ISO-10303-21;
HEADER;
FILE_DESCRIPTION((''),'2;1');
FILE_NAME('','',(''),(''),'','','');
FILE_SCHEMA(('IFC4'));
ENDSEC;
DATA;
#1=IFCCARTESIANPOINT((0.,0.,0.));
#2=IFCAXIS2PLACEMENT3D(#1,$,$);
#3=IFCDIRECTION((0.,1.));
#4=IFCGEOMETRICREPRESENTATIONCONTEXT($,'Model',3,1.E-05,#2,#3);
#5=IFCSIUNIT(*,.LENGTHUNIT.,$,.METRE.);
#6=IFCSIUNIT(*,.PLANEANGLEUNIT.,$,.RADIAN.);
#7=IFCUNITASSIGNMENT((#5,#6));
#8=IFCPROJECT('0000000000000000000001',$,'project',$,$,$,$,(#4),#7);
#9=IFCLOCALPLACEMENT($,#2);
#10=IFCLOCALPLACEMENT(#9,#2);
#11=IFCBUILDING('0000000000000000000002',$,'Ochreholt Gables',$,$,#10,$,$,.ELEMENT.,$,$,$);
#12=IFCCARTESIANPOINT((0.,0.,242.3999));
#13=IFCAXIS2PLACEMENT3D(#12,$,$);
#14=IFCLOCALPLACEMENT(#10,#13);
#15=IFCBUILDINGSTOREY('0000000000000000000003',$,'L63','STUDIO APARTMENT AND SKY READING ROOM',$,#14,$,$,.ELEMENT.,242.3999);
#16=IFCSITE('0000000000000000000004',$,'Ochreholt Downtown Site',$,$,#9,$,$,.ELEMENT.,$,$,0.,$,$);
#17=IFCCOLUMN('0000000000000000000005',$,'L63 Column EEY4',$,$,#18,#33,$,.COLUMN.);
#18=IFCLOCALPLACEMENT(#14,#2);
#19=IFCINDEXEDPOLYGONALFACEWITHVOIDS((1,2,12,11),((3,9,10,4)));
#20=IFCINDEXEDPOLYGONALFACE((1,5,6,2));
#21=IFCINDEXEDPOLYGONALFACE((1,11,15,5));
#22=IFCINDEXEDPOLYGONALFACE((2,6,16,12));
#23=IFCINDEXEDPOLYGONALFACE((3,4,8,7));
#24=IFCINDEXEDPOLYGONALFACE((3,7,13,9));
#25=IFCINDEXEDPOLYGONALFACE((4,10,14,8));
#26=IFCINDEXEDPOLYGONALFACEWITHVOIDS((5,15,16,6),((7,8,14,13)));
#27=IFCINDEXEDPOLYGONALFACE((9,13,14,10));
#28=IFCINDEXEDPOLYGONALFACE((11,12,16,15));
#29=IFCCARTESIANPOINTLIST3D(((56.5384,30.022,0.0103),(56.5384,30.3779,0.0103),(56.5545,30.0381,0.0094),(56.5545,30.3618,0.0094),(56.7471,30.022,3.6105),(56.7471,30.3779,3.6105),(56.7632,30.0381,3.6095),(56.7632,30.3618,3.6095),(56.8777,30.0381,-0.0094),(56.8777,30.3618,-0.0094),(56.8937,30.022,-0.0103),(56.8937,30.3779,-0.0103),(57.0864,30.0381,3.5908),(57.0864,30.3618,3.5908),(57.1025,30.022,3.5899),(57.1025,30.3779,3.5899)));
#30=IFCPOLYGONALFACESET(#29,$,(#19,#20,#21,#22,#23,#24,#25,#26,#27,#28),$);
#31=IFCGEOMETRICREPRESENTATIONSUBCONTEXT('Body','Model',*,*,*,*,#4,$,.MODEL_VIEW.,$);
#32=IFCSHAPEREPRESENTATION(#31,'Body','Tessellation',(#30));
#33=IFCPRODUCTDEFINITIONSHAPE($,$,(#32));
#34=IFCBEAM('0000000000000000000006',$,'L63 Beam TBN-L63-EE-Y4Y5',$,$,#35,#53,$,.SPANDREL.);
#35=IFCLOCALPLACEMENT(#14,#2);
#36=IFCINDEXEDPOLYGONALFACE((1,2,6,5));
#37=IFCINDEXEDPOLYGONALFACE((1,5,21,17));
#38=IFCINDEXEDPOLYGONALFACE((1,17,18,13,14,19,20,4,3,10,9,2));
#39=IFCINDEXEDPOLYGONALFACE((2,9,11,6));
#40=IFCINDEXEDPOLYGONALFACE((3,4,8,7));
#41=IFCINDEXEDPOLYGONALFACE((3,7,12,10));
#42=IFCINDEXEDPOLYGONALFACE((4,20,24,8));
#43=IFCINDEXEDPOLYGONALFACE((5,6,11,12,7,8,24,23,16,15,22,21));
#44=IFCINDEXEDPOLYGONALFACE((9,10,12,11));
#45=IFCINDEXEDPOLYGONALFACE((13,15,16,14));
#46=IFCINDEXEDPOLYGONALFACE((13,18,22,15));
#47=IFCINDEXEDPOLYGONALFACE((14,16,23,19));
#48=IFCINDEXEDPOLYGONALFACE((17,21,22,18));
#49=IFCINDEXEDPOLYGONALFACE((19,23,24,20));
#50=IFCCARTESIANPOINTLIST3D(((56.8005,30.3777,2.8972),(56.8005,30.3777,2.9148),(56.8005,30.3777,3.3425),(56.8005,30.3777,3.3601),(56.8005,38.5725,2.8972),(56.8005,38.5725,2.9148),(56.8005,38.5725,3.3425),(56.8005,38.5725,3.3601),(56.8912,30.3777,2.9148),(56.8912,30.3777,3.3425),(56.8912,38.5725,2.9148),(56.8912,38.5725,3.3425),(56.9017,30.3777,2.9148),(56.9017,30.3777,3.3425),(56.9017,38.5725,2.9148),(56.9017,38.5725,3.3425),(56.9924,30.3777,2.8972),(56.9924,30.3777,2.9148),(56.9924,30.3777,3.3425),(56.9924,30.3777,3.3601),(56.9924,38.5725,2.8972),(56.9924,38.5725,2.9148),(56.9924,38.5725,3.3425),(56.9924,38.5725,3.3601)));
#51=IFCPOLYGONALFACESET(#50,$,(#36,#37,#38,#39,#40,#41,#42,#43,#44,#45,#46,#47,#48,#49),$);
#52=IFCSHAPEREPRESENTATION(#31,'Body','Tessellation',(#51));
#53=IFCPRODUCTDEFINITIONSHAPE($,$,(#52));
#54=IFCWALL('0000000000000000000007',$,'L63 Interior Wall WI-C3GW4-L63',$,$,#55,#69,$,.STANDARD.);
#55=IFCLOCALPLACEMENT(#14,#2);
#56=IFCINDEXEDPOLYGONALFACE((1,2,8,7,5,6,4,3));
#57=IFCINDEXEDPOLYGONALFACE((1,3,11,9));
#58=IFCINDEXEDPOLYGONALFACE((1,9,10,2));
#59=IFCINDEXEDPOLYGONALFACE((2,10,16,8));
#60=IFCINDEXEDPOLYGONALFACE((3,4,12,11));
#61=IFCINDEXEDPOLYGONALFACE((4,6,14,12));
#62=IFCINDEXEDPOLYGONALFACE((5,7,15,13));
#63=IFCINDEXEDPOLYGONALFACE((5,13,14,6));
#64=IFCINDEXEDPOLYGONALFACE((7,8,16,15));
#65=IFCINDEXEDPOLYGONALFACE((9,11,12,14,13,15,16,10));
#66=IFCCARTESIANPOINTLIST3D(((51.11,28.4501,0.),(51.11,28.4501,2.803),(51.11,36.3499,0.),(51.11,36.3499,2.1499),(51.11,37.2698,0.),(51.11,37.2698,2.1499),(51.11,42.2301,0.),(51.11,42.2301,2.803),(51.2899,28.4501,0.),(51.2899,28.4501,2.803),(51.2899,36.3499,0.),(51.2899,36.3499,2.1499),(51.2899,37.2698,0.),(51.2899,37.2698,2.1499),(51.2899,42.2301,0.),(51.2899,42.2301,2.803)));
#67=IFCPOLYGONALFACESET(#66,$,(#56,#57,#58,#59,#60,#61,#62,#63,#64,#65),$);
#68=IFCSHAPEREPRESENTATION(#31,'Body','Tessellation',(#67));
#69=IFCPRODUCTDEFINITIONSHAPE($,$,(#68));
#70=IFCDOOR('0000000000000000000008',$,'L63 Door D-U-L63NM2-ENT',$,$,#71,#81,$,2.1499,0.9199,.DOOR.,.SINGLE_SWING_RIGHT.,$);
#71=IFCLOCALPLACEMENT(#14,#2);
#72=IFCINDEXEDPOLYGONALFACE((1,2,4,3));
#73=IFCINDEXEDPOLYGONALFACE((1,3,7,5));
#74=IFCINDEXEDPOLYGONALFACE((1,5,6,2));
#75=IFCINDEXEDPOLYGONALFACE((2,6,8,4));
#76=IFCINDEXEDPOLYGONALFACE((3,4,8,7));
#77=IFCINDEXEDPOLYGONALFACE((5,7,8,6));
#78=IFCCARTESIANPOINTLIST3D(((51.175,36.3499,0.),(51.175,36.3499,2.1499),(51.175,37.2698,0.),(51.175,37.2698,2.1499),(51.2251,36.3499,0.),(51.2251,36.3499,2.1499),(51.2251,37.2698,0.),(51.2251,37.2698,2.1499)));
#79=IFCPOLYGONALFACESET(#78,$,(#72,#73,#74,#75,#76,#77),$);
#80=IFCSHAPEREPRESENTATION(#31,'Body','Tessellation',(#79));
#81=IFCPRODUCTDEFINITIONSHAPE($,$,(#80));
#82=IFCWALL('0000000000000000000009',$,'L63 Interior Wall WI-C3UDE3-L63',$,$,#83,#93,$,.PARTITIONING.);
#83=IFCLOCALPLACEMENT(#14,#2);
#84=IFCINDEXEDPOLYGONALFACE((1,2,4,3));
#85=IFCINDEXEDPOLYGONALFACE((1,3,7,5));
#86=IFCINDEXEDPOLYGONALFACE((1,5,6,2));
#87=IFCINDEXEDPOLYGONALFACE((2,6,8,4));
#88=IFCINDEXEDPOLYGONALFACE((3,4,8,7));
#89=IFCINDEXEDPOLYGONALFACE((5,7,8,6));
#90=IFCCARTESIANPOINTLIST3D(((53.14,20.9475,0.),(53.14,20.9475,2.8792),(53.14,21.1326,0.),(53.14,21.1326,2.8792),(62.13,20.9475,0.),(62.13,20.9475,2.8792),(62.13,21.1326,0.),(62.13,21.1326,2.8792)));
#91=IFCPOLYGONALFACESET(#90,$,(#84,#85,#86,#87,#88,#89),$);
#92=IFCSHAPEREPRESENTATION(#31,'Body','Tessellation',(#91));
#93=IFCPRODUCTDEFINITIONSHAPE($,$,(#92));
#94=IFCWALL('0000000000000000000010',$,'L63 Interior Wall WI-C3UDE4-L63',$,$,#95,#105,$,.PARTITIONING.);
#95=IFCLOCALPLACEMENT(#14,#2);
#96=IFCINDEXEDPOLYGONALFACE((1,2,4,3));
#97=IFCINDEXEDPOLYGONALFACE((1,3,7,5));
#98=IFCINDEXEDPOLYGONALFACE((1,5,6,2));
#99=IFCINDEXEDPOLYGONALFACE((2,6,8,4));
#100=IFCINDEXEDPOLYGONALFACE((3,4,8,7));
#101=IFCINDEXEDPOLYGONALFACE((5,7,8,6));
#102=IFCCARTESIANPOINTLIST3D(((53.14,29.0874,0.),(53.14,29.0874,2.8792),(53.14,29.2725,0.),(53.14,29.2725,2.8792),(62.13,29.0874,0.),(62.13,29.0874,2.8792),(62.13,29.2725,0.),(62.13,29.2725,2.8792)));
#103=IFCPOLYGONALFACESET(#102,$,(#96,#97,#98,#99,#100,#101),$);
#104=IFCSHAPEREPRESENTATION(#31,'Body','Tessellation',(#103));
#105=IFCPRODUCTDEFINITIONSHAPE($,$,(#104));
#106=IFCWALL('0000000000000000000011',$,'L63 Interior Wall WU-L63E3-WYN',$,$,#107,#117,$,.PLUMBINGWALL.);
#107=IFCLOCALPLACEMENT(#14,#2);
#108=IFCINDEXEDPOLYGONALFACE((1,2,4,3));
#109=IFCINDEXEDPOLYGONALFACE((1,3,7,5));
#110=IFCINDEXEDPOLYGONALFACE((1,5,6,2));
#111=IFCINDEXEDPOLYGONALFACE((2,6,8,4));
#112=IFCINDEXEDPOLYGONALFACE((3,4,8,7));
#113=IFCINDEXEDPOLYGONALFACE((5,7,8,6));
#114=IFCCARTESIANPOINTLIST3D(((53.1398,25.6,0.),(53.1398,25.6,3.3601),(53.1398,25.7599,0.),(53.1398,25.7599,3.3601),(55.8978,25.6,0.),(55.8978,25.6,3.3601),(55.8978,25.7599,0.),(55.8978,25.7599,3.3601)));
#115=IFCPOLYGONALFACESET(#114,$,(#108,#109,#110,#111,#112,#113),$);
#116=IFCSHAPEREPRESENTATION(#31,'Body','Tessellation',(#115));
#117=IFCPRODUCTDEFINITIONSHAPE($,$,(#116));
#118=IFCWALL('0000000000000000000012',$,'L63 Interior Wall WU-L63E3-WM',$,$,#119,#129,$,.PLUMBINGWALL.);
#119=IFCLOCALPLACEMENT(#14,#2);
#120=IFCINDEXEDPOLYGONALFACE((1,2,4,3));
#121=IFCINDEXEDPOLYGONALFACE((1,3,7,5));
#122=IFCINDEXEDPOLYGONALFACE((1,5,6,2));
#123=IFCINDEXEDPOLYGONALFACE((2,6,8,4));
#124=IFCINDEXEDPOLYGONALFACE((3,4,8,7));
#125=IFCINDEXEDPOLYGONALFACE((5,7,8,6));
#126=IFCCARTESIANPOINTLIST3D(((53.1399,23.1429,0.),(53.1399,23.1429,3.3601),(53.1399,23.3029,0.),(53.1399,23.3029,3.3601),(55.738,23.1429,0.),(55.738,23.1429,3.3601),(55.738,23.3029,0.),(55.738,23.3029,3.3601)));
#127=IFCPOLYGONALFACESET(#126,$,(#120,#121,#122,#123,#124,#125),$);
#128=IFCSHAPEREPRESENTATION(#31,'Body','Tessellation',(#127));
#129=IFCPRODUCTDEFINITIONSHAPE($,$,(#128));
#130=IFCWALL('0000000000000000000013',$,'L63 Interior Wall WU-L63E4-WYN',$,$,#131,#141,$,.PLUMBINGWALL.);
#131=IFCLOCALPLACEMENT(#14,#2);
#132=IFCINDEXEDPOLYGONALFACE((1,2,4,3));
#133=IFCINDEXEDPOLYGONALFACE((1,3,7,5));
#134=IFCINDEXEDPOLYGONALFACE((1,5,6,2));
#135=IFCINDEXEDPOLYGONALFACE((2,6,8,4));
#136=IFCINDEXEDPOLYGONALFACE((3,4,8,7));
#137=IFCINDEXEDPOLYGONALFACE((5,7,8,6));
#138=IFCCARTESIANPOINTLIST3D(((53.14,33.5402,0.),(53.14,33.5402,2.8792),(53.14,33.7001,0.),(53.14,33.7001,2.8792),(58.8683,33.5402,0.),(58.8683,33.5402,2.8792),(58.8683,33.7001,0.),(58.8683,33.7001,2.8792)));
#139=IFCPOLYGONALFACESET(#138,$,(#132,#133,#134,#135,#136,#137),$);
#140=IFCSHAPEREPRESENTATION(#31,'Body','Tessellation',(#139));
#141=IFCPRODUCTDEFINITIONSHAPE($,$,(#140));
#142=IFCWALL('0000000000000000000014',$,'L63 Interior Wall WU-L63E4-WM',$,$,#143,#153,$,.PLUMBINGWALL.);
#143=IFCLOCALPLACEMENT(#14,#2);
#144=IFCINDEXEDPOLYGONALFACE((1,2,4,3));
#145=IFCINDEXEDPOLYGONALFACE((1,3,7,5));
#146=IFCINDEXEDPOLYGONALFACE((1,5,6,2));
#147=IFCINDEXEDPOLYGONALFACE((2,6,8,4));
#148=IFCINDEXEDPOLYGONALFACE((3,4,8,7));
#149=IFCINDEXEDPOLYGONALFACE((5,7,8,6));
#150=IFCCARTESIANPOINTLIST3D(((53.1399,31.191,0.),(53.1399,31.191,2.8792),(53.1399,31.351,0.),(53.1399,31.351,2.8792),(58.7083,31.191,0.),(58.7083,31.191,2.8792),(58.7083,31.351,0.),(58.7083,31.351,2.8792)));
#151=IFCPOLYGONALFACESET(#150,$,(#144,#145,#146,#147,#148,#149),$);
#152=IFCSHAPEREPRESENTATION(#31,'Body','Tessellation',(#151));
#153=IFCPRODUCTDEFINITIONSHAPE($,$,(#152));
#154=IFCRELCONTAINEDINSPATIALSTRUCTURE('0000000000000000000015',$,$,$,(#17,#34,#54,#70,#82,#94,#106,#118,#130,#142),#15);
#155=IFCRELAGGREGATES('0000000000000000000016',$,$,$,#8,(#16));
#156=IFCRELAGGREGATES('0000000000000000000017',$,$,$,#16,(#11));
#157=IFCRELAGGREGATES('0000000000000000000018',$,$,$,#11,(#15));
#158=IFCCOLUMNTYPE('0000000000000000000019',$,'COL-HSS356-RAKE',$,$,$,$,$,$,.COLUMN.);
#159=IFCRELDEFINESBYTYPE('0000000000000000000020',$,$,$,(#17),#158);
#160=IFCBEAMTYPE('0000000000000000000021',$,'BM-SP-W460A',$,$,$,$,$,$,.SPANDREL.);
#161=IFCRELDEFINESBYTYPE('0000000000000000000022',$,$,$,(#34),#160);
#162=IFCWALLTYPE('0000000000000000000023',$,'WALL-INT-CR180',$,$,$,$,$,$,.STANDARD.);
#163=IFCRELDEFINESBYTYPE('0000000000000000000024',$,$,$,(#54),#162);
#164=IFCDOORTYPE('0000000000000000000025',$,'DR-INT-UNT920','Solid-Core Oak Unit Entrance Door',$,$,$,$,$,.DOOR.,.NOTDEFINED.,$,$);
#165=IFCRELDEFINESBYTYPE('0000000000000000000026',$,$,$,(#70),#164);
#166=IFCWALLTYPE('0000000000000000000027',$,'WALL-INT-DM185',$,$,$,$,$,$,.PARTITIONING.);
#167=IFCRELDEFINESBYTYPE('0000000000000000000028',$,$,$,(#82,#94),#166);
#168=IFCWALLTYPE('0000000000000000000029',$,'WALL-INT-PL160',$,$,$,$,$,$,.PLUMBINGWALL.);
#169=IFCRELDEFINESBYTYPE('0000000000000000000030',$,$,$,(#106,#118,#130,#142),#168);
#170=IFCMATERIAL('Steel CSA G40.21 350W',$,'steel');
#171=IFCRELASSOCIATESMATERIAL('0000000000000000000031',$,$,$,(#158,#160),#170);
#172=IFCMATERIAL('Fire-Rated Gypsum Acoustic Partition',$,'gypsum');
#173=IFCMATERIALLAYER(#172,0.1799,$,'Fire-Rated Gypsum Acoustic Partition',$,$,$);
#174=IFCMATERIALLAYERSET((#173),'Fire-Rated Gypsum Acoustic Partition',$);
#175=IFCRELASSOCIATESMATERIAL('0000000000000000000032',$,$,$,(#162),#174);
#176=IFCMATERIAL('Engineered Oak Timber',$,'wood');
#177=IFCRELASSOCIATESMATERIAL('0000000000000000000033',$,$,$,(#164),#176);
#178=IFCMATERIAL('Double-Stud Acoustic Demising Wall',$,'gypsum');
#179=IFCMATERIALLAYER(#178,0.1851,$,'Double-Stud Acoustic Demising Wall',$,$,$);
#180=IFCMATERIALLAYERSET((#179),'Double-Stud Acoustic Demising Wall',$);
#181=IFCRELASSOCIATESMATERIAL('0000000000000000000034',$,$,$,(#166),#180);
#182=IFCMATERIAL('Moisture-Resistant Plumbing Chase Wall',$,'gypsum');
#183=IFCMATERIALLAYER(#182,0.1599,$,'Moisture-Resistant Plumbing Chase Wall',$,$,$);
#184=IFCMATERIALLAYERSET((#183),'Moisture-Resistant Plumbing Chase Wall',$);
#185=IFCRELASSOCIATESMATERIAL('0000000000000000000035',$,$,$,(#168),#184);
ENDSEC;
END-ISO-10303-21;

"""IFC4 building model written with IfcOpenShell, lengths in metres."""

from ifc_helpers import new_model, si_unit, direction, frame, frame_2d, origin, origin_2d, place, context, subcontext, project, spatial, rectangle, hollow_rectangle, i_section, extrude, material, layer, layer_set, material_profile, profile_set, type_object, element, fill, save


model = new_model("IFC4")

# Units and contexts
model_context = context("Model", 3, precision=1e-05, world=origin(), true_north=direction((0.0, 1.0)))
body_context = subcontext(model_context, "Body", "Model", "MODEL_VIEW")
ifc_project = project(units=[si_unit("LENGTHUNIT", "METRE"), si_unit("PLANEANGLEUNIT", "RADIAN")], contexts=[model_context])

# Site, building, storey
site_placement = place(None, origin())
site = spatial("IfcSite", under=ifc_project, at=site_placement, Name="Ochreholt Downtown Site", CompositionType="ELEMENT", RefElevation=0.0)
building_placement = place(site_placement, origin())
building = spatial("IfcBuilding", under=site, at=building_placement, Name="Ochreholt Gables", CompositionType="ELEMENT")
storey_placement = place(building_placement, frame((0.0, 0.0, 242.3999)))
storey = spatial("IfcBuildingStorey", under=building, at=storey_placement, Name="L63", Description="STUDIO APARTMENT AND SKY READING ROOM", CompositionType="ELEMENT", Elevation=242.3999)

# Column
ifc_material_1 = material(Name="Steel CSA G40.21 350W", Category="steel")
ifc_material_profile_1 = material_profile(ifc_material_1, hollow_rectangle(XDim=0.356, YDim=0.356, WallThickness=0.0161, at=origin_2d()), Name="HSS356X356X16")
ifc_profile_set_1 = profile_set([ifc_material_profile_1], Name="Steel CSA G40.21 350W")
column_type = type_object("IfcColumnType", Name="COL-HSS356-RAKE", PredefinedType="COLUMN", material=ifc_profile_set_1)
column_placement = place(storey_placement, frame((56.7161, 30.2, 0.0), z_axis=(0.057885, 0.0, 0.998323), x_axis=(0.0, 1.0, 0.0)))
element("IfcColumn", 1, at=column_placement, inside=storey, type_object=column_type, Name="L63 Column EEY4", PredefinedType="COLUMN", context=body_context, shape_type="SweptSolid", body=[
    extrude(hollow_rectangle(XDim=0.356, YDim=0.356, WallThickness=0.0161, at=origin_2d()), origin(), (0.0, 0.0, 1.0), 3.6062),
])

# Beam
ifc_material_profile_2 = material_profile(ifc_material_1, i_section(OverallWidth=0.1919, OverallDepth=0.4629, WebThickness=0.0105, FlangeThickness=0.0176, at=origin_2d()), Name="W460X89")
ifc_profile_set_2 = profile_set([ifc_material_profile_2], Name="Steel CSA G40.21 350W")
beam_type = type_object("IfcBeamType", Name="BM-SP-W460A", PredefinedType="SPANDREL", material=ifc_profile_set_2)
beam_placement = place(storey_placement, frame((56.8965, 30.3777, 3.1287), z_axis=(0.0, 1.0, 0.0), x_axis=(-1.0, 0.0, 0.0)))
element("IfcBeam", 2, at=beam_placement, inside=storey, type_object=beam_type, Name="L63 Beam TBN-L63-EE-Y4Y5", PredefinedType="SPANDREL", context=body_context, shape_type="SweptSolid", body=[
    extrude(i_section(OverallWidth=0.1919, OverallDepth=0.4629, WebThickness=0.0105, FlangeThickness=0.0176, at=origin_2d()), origin(), (0.0, 0.0, 1.0), 8.1948),
])

# Wall, opening, door
ifc_material_2 = material(Name="Fire-Rated Gypsum Acoustic Partition", Category="gypsum")
ifc_layer_1 = layer(ifc_material_2, 0.1799, Name="Fire-Rated Gypsum Acoustic Partition")
ifc_layer_set_1 = layer_set([ifc_layer_1], Name="Fire-Rated Gypsum Acoustic Partition")
wall_type_1 = type_object("IfcWallType", Name="WALL-INT-CR180", PredefinedType="STANDARD", material=ifc_layer_set_1)
wall_1_placement = place(storey_placement, frame((51.2, 28.45, 0.0), z_axis=(0.0, 0.0, 1.0), x_axis=(0.0, 1.0, 0.0)))
wall_1 = element("IfcWall", 3, at=wall_1_placement, inside=storey, type_object=wall_type_1, Name="L63 Interior Wall WI-C3GW4-L63", PredefinedType="STANDARD", context=body_context, shape_type="SweptSolid", body=[
    extrude(rectangle(XDim=13.78, YDim=0.1799, at=frame_2d((6.8901, 0.0))), origin(), (0.0, 0.0, 1.0), 2.803),
])
opening_1_placement = place(wall_1_placement, frame((7.8999, 0.0, 0.0)))
opening_1 = element("IfcOpeningElement", 4, at=opening_1_placement, cuts=wall_1, PredefinedType="OPENING", context=body_context, shape_type="SweptSolid", body=[
    extrude(rectangle(XDim=0.9199, YDim=2.1499, at=frame_2d((0.46, 1.075))), frame((0.0, 0.0999, 0.0), z_axis=(0.0, -1.0, 0.0), x_axis=(1.0, 0.0, 0.0)), (0.0, 0.0, 1.0), 0.2),
])
ifc_material_3 = material(Name="Engineered Oak Timber", Category="wood")
door_type_1 = type_object("IfcDoorType", Name="DR-INT-UNT920", Description="Solid-Core Oak Unit Entrance Door", OperationType="NOTDEFINED", PredefinedType="DOOR", material=ifc_material_3)
door_1_placement = place(opening_1_placement, origin())
door_1 = element("IfcDoor", 5, at=door_1_placement, inside=storey, type_object=door_type_1, Name="L63 Door D-U-L63NM2-ENT", OperationType="SINGLE_SWING_RIGHT", OverallHeight=2.1499, OverallWidth=0.9199, PredefinedType="DOOR", context=body_context, shape_type="SweptSolid", body=[
    extrude(rectangle(XDim=0.9199, YDim=2.1499, at=frame_2d((0.46, 1.075))), frame((0.0, 0.0249, 0.0), z_axis=(0.0, -1.0, 0.0), x_axis=(1.0, 0.0, 0.0)), (0.0, 0.0, 1.0), 0.05),
])
fill(opening_1, door_1)

# Walls
ifc_material_4 = material(Name="Double-Stud Acoustic Demising Wall", Category="gypsum")
ifc_layer_2 = layer(ifc_material_4, 0.1851, Name="Double-Stud Acoustic Demising Wall")
ifc_layer_set_2 = layer_set([ifc_layer_2], Name="Double-Stud Acoustic Demising Wall")
wall_type_2 = type_object("IfcWallType", Name="WALL-INT-DM185", PredefinedType="PARTITIONING", material=ifc_layer_set_2)
for number, where, z_axis, x_axis, name in (
    (6, (53.1399, 21.04, 0.0), (0.0, 0.0, 1.0), (1.0, 0.0, 0.0), "L63 Interior Wall WI-C3UDE3-L63"),
    (7, (53.1399, 29.1799, 0.0), (0.0, 0.0, 1.0), (1.0, 0.0, 0.0), "L63 Interior Wall WI-C3UDE4-L63"),
):
    element("IfcWall", number, at=place(storey_placement, frame(where, z_axis=z_axis, x_axis=x_axis)), inside=storey, type_object=wall_type_2, Name=name, PredefinedType="PARTITIONING", context=body_context, shape_type="SweptSolid", body=[
        extrude(rectangle(XDim=8.99, YDim=0.1851, at=frame_2d((4.4951, 0.0))), origin(), (0.0, 0.0, 1.0), 2.8792),
    ])
ifc_material_5 = material(Name="Moisture-Resistant Plumbing Chase Wall", Category="gypsum")
ifc_layer_3 = layer(ifc_material_5, 0.1599, Name="Moisture-Resistant Plumbing Chase Wall")
ifc_layer_set_3 = layer_set([ifc_layer_3], Name="Moisture-Resistant Plumbing Chase Wall")
wall_type_3 = type_object("IfcWallType", Name="WALL-INT-PL160", PredefinedType="PLUMBINGWALL", material=ifc_layer_set_3)
wall_2_placement = place(storey_placement, frame((53.1399, 25.6799, 0.0), z_axis=(0.0, 0.0, 1.0), x_axis=(1.0, 0.0, 0.0)))
element("IfcWall", 8, at=wall_2_placement, inside=storey, type_object=wall_type_3, Name="L63 Interior Wall WU-L63E3-WYN", PredefinedType="PLUMBINGWALL", context=body_context, shape_type="SweptSolid", body=[
    extrude(rectangle(XDim=2.7581, YDim=0.1599, at=frame_2d((1.3789, 0.0))), origin(), (0.0, 0.0, 1.0), 3.3601),
])

# Walls
wall_3_placement = place(storey_placement, frame((53.1399, 23.2229, 0.0), z_axis=(0.0, 0.0, 1.0), x_axis=(1.0, 0.0, 0.0)))
element("IfcWall", 9, at=wall_3_placement, inside=storey, type_object=wall_type_3, Name="L63 Interior Wall WU-L63E3-WM", PredefinedType="PLUMBINGWALL", context=body_context, shape_type="SweptSolid", body=[
    extrude(rectangle(XDim=2.5981, YDim=0.1599, at=frame_2d((1.2991, 0.0))), origin(), (0.0, 0.0, 1.0), 3.3601),
])
wall_4_placement = place(storey_placement, frame((53.1399, 33.6201, 0.0), z_axis=(0.0, 0.0, 1.0), x_axis=(1.0, 0.0, 0.0)))
element("IfcWall", 10, at=wall_4_placement, inside=storey, type_object=wall_type_3, Name="L63 Interior Wall WU-L63E4-WYN", PredefinedType="PLUMBINGWALL", context=body_context, shape_type="SweptSolid", body=[
    extrude(rectangle(XDim=5.7283, YDim=0.1599, at=frame_2d((2.8643, 0.0))), origin(), (0.0, 0.0, 1.0), 2.8792),
])

# Wall
wall_5_placement = place(storey_placement, frame((53.1399, 31.271, 0.0), z_axis=(0.0, 0.0, 1.0), x_axis=(1.0, 0.0, 0.0)))
element("IfcWall", 11, at=wall_5_placement, inside=storey, type_object=wall_type_3, Name="L63 Interior Wall WU-L63E4-WM", PredefinedType="PLUMBINGWALL", context=body_context, shape_type="SweptSolid", body=[
    extrude(rectangle(XDim=5.5684, YDim=0.1599, at=frame_2d((2.7842, 0.0))), origin(), (0.0, 0.0, 1.0), 2.8792),
])

save(model, "model.ifc")
